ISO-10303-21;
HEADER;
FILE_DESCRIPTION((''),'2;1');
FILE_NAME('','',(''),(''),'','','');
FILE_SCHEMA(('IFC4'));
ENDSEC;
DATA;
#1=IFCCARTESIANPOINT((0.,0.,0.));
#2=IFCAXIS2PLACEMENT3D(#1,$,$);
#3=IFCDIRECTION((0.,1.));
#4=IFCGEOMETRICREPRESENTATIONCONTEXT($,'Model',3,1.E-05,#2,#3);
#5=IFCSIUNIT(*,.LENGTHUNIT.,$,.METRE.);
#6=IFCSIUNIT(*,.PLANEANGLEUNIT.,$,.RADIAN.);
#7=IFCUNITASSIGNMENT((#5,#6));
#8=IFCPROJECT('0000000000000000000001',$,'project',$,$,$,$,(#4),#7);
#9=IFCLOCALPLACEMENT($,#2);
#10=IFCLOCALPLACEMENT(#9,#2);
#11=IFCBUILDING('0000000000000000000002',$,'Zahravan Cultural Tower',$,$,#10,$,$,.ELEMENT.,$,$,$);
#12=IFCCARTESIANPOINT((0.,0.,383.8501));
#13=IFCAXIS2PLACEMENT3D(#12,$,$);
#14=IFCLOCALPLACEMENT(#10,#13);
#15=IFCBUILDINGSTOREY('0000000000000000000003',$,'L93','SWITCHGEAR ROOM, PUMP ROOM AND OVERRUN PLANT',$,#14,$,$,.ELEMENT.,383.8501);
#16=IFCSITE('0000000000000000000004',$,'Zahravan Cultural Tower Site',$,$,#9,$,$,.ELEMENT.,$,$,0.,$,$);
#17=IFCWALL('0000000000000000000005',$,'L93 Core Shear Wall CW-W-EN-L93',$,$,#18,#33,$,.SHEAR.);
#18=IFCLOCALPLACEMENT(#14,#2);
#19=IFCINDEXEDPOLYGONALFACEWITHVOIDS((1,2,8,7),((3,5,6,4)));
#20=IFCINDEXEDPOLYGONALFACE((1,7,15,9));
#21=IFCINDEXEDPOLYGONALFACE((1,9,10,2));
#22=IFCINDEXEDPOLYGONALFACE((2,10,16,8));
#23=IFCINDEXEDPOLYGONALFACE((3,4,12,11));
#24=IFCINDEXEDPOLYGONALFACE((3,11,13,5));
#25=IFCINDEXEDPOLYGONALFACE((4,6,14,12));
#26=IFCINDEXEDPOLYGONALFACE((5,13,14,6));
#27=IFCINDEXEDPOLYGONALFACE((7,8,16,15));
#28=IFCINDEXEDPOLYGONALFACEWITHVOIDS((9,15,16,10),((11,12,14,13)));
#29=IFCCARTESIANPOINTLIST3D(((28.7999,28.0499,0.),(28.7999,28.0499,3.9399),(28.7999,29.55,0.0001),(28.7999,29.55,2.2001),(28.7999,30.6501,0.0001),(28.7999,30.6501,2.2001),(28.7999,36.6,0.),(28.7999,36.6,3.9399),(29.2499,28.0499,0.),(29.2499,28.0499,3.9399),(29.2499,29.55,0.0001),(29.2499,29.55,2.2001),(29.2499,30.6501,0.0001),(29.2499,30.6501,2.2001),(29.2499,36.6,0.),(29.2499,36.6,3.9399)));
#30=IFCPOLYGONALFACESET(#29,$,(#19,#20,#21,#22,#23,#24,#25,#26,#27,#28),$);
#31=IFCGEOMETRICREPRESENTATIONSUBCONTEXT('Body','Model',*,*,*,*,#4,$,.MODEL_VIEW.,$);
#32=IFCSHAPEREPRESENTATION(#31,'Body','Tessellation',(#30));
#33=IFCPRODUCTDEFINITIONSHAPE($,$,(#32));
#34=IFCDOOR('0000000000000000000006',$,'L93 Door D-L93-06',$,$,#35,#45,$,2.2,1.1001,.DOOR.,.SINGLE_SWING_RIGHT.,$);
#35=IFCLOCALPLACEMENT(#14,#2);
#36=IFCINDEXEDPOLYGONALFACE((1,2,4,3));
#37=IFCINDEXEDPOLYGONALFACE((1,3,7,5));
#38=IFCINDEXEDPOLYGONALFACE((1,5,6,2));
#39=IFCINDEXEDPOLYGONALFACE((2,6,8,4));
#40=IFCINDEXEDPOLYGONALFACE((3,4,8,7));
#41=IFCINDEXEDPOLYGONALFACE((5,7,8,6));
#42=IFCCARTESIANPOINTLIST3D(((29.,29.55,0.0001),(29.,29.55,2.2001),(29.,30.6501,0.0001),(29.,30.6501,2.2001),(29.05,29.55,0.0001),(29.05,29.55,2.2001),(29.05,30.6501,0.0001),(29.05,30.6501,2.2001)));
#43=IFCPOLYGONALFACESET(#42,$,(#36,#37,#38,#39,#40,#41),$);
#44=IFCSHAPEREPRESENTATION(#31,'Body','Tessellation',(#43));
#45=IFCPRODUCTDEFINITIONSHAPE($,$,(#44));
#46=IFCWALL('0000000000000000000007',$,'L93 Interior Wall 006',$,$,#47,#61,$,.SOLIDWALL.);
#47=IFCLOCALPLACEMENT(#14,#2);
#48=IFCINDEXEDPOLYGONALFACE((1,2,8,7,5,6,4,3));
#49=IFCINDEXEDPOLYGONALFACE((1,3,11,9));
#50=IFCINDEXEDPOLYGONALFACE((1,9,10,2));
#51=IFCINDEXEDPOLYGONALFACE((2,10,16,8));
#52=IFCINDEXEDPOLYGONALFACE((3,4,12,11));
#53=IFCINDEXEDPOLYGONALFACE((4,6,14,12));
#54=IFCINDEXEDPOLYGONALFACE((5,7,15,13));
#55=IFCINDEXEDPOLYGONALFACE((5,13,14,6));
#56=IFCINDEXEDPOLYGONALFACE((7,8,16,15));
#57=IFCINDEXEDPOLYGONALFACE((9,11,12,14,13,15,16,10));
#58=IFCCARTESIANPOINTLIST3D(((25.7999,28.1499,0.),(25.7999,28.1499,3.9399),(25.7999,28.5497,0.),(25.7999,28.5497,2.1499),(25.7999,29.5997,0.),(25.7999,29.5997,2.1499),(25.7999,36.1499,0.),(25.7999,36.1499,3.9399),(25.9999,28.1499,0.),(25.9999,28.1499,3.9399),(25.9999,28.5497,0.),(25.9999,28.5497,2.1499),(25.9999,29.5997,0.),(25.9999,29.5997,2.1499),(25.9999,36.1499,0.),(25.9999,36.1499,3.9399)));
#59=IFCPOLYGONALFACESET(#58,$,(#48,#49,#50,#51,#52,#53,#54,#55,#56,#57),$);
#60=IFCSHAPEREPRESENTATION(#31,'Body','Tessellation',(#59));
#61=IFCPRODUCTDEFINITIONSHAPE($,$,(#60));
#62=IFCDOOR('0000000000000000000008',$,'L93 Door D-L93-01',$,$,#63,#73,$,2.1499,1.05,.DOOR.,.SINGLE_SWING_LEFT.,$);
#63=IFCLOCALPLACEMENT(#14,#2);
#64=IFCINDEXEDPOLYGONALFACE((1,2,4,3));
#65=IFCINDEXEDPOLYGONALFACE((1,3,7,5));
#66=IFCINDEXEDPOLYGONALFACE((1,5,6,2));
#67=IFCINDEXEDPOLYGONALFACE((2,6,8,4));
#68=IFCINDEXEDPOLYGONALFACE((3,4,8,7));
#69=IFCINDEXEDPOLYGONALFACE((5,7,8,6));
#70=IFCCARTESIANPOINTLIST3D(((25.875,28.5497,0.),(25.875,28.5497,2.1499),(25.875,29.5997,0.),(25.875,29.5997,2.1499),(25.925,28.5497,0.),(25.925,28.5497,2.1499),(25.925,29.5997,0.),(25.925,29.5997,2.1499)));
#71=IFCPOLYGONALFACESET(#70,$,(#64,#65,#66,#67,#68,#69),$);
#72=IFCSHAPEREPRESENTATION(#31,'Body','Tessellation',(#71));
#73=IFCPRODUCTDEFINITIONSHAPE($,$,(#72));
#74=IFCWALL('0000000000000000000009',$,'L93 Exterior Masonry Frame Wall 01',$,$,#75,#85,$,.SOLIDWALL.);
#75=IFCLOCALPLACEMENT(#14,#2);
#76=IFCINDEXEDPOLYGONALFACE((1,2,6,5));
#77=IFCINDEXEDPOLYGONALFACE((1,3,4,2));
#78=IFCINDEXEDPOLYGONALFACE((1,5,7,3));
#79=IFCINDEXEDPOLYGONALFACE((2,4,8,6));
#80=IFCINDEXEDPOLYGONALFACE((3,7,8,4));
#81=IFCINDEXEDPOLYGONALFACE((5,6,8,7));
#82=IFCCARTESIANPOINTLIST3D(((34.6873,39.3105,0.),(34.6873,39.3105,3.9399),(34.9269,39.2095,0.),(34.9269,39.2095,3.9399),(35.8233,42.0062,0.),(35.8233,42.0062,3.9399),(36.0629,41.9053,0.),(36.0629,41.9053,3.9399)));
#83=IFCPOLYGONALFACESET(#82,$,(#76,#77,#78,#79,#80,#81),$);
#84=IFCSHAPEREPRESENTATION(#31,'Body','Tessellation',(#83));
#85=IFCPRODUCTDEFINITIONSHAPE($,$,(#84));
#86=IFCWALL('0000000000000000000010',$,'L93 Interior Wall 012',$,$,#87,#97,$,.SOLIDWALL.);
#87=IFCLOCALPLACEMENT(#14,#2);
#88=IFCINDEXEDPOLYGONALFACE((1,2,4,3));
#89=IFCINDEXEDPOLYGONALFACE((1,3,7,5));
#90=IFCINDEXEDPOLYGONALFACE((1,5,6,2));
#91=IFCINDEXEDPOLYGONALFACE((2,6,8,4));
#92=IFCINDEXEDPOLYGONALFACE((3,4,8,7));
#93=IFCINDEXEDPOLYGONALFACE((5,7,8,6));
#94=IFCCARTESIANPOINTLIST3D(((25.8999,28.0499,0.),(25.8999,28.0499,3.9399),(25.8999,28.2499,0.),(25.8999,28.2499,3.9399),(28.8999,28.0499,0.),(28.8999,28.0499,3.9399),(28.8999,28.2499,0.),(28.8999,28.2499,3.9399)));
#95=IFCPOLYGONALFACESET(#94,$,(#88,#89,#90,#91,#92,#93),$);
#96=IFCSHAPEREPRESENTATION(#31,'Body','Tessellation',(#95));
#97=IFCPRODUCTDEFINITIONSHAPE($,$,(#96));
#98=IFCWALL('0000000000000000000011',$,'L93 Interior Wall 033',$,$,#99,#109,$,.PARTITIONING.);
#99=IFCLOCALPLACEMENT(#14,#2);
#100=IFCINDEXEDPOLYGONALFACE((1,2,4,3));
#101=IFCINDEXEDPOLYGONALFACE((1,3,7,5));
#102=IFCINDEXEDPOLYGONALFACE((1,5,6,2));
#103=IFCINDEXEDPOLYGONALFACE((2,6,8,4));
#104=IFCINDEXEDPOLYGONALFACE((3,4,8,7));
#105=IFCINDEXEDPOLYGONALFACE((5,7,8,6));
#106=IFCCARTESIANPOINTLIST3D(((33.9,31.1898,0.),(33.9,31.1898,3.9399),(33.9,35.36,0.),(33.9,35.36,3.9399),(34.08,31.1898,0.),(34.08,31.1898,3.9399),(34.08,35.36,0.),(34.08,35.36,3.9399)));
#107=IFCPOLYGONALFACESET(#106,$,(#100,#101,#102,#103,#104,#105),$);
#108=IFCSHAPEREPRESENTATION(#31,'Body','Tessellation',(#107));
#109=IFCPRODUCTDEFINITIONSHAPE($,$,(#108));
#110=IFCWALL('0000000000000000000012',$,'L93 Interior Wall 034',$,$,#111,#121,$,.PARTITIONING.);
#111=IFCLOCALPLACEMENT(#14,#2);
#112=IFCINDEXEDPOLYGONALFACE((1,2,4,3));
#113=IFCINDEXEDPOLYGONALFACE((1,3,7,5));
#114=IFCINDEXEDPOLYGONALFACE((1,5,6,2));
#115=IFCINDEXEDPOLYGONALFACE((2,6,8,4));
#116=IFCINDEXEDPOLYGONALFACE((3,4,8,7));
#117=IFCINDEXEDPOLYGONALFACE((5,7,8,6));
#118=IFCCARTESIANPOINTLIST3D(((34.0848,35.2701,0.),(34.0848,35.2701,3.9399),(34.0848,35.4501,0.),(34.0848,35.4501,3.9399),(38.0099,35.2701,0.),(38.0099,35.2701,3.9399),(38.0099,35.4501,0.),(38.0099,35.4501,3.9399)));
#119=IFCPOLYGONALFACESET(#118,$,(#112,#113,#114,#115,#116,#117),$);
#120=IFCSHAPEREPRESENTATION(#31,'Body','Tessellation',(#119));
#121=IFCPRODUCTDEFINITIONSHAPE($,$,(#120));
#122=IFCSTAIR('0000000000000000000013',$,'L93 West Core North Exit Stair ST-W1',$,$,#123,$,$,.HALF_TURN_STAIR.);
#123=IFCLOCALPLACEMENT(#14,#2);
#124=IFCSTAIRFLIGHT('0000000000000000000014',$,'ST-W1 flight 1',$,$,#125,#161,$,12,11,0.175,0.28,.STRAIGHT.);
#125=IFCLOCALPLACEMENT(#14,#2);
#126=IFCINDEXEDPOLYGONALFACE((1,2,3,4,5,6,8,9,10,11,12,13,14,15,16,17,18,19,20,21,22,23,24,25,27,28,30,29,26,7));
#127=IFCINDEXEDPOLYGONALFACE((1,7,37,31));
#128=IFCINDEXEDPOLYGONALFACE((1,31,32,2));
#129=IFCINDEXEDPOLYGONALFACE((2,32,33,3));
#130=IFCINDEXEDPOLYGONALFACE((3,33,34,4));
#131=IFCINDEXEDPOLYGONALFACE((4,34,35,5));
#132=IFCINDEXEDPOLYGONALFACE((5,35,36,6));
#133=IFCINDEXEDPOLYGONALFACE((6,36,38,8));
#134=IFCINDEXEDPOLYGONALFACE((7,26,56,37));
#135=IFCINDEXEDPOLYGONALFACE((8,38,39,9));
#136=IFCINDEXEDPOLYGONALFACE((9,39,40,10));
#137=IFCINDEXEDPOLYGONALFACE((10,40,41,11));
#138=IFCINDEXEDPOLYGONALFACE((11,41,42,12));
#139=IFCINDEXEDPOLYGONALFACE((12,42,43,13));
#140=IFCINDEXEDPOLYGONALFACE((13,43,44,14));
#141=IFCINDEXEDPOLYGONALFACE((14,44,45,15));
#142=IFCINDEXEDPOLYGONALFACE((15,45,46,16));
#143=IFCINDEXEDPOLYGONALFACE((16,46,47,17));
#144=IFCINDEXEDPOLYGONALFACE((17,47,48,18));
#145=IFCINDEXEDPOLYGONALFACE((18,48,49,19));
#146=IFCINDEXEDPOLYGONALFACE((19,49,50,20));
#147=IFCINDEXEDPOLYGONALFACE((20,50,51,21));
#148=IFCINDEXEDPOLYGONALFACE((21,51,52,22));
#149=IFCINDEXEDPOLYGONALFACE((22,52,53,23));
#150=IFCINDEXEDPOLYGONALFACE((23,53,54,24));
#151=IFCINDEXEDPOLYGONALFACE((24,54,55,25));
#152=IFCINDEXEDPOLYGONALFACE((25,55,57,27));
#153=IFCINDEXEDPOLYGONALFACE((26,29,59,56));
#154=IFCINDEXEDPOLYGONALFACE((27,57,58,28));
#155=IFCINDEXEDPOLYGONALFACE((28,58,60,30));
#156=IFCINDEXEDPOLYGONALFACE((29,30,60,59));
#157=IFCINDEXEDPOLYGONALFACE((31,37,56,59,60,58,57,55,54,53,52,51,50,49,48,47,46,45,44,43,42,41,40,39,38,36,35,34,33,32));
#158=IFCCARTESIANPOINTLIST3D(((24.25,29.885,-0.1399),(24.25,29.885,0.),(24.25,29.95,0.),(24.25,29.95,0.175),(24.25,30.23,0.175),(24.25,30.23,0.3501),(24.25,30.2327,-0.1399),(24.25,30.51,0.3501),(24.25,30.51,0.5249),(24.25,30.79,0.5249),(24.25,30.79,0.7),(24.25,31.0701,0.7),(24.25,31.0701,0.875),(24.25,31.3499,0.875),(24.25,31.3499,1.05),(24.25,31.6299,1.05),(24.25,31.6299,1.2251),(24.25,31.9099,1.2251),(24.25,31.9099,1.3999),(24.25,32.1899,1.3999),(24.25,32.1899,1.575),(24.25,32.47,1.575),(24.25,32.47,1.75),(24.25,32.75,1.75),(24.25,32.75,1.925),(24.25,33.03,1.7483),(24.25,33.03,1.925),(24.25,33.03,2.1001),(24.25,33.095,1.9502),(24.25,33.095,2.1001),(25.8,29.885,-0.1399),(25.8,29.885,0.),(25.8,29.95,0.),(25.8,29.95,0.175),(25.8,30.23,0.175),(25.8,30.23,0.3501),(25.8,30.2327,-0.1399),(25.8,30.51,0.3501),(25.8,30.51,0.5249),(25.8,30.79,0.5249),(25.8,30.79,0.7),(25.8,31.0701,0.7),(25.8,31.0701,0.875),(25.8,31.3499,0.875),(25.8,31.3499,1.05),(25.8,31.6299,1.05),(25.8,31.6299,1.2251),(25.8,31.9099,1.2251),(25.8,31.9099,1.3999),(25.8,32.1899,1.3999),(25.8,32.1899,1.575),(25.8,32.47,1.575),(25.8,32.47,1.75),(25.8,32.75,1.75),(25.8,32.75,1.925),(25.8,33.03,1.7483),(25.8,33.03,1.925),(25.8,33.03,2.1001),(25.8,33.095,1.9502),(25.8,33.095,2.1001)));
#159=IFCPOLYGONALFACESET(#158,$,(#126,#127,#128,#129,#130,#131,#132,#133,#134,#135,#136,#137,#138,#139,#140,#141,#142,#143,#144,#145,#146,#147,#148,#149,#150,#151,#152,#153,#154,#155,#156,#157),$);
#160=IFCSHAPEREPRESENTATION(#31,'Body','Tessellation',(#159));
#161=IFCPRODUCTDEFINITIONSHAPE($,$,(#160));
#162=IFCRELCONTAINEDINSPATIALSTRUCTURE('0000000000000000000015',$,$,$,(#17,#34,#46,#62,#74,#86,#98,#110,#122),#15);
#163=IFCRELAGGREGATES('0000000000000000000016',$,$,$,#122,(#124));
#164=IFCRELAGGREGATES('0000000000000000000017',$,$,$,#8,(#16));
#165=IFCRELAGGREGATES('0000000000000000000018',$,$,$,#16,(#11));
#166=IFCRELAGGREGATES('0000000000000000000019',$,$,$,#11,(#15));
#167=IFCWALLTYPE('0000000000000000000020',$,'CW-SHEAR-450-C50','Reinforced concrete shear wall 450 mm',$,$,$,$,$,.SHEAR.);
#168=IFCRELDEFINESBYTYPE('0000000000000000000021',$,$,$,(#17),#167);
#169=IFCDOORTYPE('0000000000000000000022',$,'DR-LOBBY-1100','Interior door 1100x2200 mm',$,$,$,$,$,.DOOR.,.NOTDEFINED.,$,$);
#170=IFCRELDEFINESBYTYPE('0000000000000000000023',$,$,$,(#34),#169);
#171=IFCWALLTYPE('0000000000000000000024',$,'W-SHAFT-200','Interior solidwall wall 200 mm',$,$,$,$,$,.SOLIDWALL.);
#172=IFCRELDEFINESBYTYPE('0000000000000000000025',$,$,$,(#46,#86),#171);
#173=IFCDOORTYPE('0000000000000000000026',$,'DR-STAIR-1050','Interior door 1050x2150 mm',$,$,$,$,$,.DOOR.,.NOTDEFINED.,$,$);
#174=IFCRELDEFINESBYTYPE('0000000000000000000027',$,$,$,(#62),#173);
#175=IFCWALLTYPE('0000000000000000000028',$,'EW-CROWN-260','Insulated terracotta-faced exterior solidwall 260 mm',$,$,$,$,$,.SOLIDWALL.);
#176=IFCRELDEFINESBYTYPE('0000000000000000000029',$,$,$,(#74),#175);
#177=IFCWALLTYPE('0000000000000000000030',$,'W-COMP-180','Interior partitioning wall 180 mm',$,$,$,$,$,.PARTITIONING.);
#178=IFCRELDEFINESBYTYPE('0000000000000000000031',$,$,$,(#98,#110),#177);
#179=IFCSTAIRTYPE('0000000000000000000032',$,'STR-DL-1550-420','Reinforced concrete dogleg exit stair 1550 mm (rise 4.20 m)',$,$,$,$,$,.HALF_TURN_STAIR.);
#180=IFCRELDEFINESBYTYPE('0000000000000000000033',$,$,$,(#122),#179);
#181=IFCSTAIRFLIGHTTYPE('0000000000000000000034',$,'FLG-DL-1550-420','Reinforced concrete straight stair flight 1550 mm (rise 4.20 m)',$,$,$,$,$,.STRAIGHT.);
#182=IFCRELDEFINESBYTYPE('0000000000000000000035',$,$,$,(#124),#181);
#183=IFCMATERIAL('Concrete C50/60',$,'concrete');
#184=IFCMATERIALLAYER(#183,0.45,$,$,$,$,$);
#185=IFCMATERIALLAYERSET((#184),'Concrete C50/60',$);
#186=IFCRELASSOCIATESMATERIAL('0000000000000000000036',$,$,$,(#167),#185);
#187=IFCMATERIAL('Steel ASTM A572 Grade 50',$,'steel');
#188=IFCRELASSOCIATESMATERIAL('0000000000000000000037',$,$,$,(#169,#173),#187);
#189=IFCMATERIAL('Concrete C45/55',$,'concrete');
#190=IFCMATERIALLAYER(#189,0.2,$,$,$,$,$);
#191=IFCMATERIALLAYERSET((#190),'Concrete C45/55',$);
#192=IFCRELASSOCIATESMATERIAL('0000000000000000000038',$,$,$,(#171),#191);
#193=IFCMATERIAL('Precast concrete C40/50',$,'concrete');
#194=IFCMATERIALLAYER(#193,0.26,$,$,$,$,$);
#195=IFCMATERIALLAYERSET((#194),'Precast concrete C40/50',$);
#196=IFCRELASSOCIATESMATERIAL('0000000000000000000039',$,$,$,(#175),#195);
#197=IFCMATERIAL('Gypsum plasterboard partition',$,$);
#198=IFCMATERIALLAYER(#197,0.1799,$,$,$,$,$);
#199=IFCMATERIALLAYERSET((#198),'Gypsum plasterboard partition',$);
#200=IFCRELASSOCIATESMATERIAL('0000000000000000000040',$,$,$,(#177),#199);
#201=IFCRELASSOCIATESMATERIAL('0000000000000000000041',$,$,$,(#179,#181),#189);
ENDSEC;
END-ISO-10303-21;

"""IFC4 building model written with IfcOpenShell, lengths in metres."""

from ifc_helpers import new_model, si_unit, direction, frame, frame_2d, origin, place, context, subcontext, project, spatial, polyline, rectangle, outline, extrude, source, transform, mapped, material, layer, layer_set, type_object, element, fill, aggregate, save


model = new_model("IFC4")

# Units and contexts
model_context = context("Model", 3, precision=1e-05, world=origin(), true_north=direction((0.0, 1.0)))
body_context = subcontext(model_context, "Body", "Model", "MODEL_VIEW")
ifc_project = project(units=[si_unit("LENGTHUNIT", "METRE"), si_unit("PLANEANGLEUNIT", "RADIAN")], contexts=[model_context])

# Site, building, storey
site_placement = place(None, origin())
site = spatial("IfcSite", under=ifc_project, at=site_placement, Name="Zahravan Cultural Tower Site", CompositionType="ELEMENT", RefElevation=0.0)
building_placement = place(site_placement, origin())
building = spatial("IfcBuilding", under=site, at=building_placement, Name="Zahravan Cultural Tower", CompositionType="ELEMENT")
storey_placement = place(building_placement, frame((0.0, 0.0, 383.8501)))
storey = spatial("IfcBuildingStorey", under=building, at=storey_placement, Name="L93", Description="SWITCHGEAR ROOM, PUMP ROOM AND OVERRUN PLANT", CompositionType="ELEMENT", Elevation=383.8501)

# Shared definitions
ifc_material_1 = material(Name="Concrete C45/55", Category="concrete")

# Shared definitions
ifc_material_2 = material(Name="Concrete C50/60", Category="concrete")

# Walls, openings, doors
ifc_layer_1 = layer(ifc_material_2, 0.45)
ifc_layer_set_1 = layer_set([ifc_layer_1], Name="Concrete C50/60")
wall_type_1 = type_object("IfcWallType", Name="CW-SHEAR-450-C50", Description="Reinforced concrete shear wall 450 mm", PredefinedType="SHEAR", material=ifc_layer_set_1)
wall_1_placement = place(storey_placement, frame((29.0249, 28.05, 0.0), z_axis=(0.0, 0.0, 1.0), x_axis=(0.0, 1.0, 0.0)))
wall_1 = element("IfcWall", 1, at=wall_1_placement, inside=storey, type_object=wall_type_1, Name="L93 Core Shear Wall CW-W-EN-L93", PredefinedType="SHEAR", context=body_context, shape_type="SweptSolid", body=[
    extrude(rectangle(XDim=8.55, YDim=0.45, at=frame_2d((4.2749, 0.0))), origin(), (0.0, 0.0, 1.0), 3.9399),
])
opening_1_placement = place(wall_1_placement, frame((1.5, 0.0, 0.0)))
opening_1 = element("IfcOpeningElement", 2, at=opening_1_placement, cuts=wall_1, PredefinedType="OPENING", context=body_context, shape_type="SweptSolid", body=[
    extrude(rectangle(XDim=1.1001, YDim=2.2, at=frame_2d((0.55, 1.1001))), frame((0.0, 0.2349, 0.0), z_axis=(0.0, -1.0, 0.0), x_axis=(1.0, 0.0, 0.0)), (0.0, 0.0, 1.0), 0.47),
])
ifc_material_3 = material(Name="Steel ASTM A572 Grade 50", Category="steel")
door_type_1 = type_object("IfcDoorType", Name="DR-LOBBY-1100", Description="Interior door 1100x2200 mm", OperationType="NOTDEFINED", PredefinedType="DOOR", material=ifc_material_3)
shared_shape_1 = source(origin(), body_context, "Body", "SweptSolid", [
    extrude(rectangle(XDim=1.1001, YDim=2.2, at=frame_2d((0.55, 1.1001))), frame((0.0, 0.0249, 0.0), z_axis=(0.0, -1.0, 0.0), x_axis=(1.0, 0.0, 0.0)), (0.0, 0.0, 1.0), 0.05),
])
door_1_placement = place(opening_1_placement, origin())
door_1 = element("IfcDoor", 3, at=door_1_placement, inside=storey, type_object=door_type_1, Name="L93 Door D-L93-06", OperationType="SINGLE_SWING_RIGHT", OverallHeight=2.2, OverallWidth=1.1001, PredefinedType="DOOR", context=body_context, shape_type="MappedRepresentation", body=[
    mapped(shared_shape_1, transform((0.0, 0.0, 0.0), x_axis=(1.0, 0.0, 0.0), y_axis=(0.0, 1.0, 0.0), z_axis=(0.0, 0.0, 1.0), scale=1.0)),
])
fill(opening_1, door_1)
ifc_layer_2 = layer(ifc_material_1, 0.2)
ifc_layer_set_2 = layer_set([ifc_layer_2], Name="Concrete C45/55")
wall_type_2 = type_object("IfcWallType", Name="W-SHAFT-200", Description="Interior solidwall wall 200 mm", PredefinedType="SOLIDWALL", material=ifc_layer_set_2)
wall_2_placement = place(storey_placement, frame((25.8999, 28.1499, 0.0), z_axis=(0.0, 0.0, 1.0), x_axis=(0.0, 1.0, 0.0)))
wall_2 = element("IfcWall", 4, at=wall_2_placement, inside=storey, type_object=wall_type_2, Name="L93 Interior Wall 006", PredefinedType="SOLIDWALL", context=body_context, shape_type="SweptSolid", body=[
    extrude(rectangle(XDim=8.0, YDim=0.2, at=frame_2d((4.0, 0.0))), origin(), (0.0, 0.0, 1.0), 3.9399),
])
opening_2_placement = place(wall_2_placement, frame((0.3999, 0.0, 0.0)))
opening_2 = element("IfcOpeningElement", 5, at=opening_2_placement, cuts=wall_2, PredefinedType="OPENING", context=body_context, shape_type="SweptSolid", body=[
    extrude(rectangle(XDim=1.05, YDim=2.1499, at=frame_2d((0.5249, 1.075))), frame((0.0, 0.1099, 0.0), z_axis=(0.0, -1.0, 0.0), x_axis=(1.0, 0.0, 0.0)), (0.0, 0.0, 1.0), 0.22),
])
door_type_2 = type_object("IfcDoorType", Name="DR-STAIR-1050", Description="Interior door 1050x2150 mm", OperationType="NOTDEFINED", PredefinedType="DOOR", material=ifc_material_3)
shared_shape_2 = source(origin(), body_context, "Body", "SweptSolid", [
    extrude(rectangle(XDim=1.05, YDim=2.1499, at=frame_2d((0.5249, 1.075))), frame((0.0, 0.0249, 0.0), z_axis=(0.0, -1.0, 0.0), x_axis=(1.0, 0.0, 0.0)), (0.0, 0.0, 1.0), 0.05),
])
door_2_placement = place(opening_2_placement, origin())
door_2 = element("IfcDoor", 6, at=door_2_placement, inside=storey, type_object=door_type_2, Name="L93 Door D-L93-01", OperationType="SINGLE_SWING_LEFT", OverallHeight=2.1499, OverallWidth=1.05, PredefinedType="DOOR", context=body_context, shape_type="MappedRepresentation", body=[
    mapped(shared_shape_2, transform((0.0, 0.0, 0.0), x_axis=(1.0, 0.0, 0.0), y_axis=(0.0, 1.0, 0.0), z_axis=(0.0, 0.0, 1.0), scale=1.0)),
])
fill(opening_2, door_2)

# Walls
ifc_material_4 = material(Name="Precast concrete C40/50", Category="concrete")
ifc_layer_3 = layer(ifc_material_4, 0.26)
ifc_layer_set_3 = layer_set([ifc_layer_3], Name="Precast concrete C40/50")
wall_type_3 = type_object("IfcWallType", Name="EW-CROWN-260", Description="Insulated terracotta-faced exterior solidwall 260 mm", PredefinedType="SOLIDWALL", material=ifc_layer_set_3)
shared_shape_3 = source(origin(), body_context, "Body", "SweptSolid", [
    extrude(rectangle(XDim=2.9253, YDim=0.26, at=frame_2d((1.4626, 0.0))), origin(), (0.0, 0.0, 1.0), 3.9399),
])
wall_3_placement = place(storey_placement, frame((34.8071, 39.26, 0.0), z_axis=(0.0, 0.0, 1.0), x_axis=(0.388322, 0.921524, 0.0)))
element("IfcWall", 7, at=wall_3_placement, inside=storey, type_object=wall_type_3, Name="L93 Exterior Masonry Frame Wall 01", PredefinedType="SOLIDWALL", context=body_context, shape_type="MappedRepresentation", body=[
    mapped(shared_shape_3, transform((0.0, 0.0, 0.0), x_axis=(1.0, 0.0, 0.0), y_axis=(0.0, 1.0, 0.0), z_axis=(0.0, 0.0, 1.0), scale=1.0)),
])
shared_shape_4 = source(origin(), body_context, "Body", "SweptSolid", [
    extrude(rectangle(XDim=3.0, YDim=0.2, at=frame_2d((1.5, 0.0))), origin(), (0.0, 0.0, 1.0), 3.9399),
])
wall_4_placement = place(storey_placement, frame((25.8999, 28.1499, 0.0), z_axis=(0.0, 0.0, 1.0), x_axis=(1.0, 0.0, 0.0)))
element("IfcWall", 8, at=wall_4_placement, inside=storey, type_object=wall_type_2, Name="L93 Interior Wall 012", PredefinedType="SOLIDWALL", context=body_context, shape_type="MappedRepresentation", body=[
    mapped(shared_shape_4, transform((0.0, 0.0, 0.0), x_axis=(1.0, 0.0, 0.0), y_axis=(0.0, 1.0, 0.0), z_axis=(0.0, 0.0, 1.0), scale=1.0)),
])
ifc_material_5 = material(Name="Gypsum plasterboard partition")
ifc_layer_4 = layer(ifc_material_5, 0.1799)
ifc_layer_set_4 = layer_set([ifc_layer_4], Name="Gypsum plasterboard partition")
wall_type_4 = type_object("IfcWallType", Name="W-COMP-180", Description="Interior partitioning wall 180 mm", PredefinedType="PARTITIONING", material=ifc_layer_set_4)
shared_shape_5 = source(origin(), body_context, "Body", "SweptSolid", [
    extrude(rectangle(XDim=4.1702, YDim=0.1799, at=frame_2d((2.085, 0.0))), origin(), (0.0, 0.0, 1.0), 3.9399),
])
wall_5_placement = place(storey_placement, frame((33.99, 31.1899, 0.0), z_axis=(0.0, 0.0, 1.0), x_axis=(0.0, 1.0, 0.0)))
element("IfcWall", 9, at=wall_5_placement, inside=storey, type_object=wall_type_4, Name="L93 Interior Wall 033", PredefinedType="PARTITIONING", context=body_context, shape_type="MappedRepresentation", body=[
    mapped(shared_shape_5, transform((0.0, 0.0, 0.0), x_axis=(1.0, 0.0, 0.0), y_axis=(0.0, 1.0, 0.0), z_axis=(0.0, 0.0, 1.0), scale=1.0)),
])
shared_shape_6 = source(origin(), body_context, "Body", "SweptSolid", [
    extrude(rectangle(XDim=3.925, YDim=0.1799, at=frame_2d((1.9624, 0.0))), origin(), (0.0, 0.0, 1.0), 3.9399),
])
wall_6_placement = place(storey_placement, frame((34.085, 35.3601, 0.0), z_axis=(0.0, 0.0, 1.0), x_axis=(1.0, 0.0, 0.0)))
element("IfcWall", 10, at=wall_6_placement, inside=storey, type_object=wall_type_4, Name="L93 Interior Wall 034", PredefinedType="PARTITIONING", context=body_context, shape_type="MappedRepresentation", body=[
    mapped(shared_shape_6, transform((0.0, 0.0, 0.0), x_axis=(1.0, 0.0, 0.0), y_axis=(0.0, 1.0, 0.0), z_axis=(0.0, 0.0, 1.0), scale=1.0)),
])

# Stair, stair flight
stair_type = type_object("IfcStairType", Name="STR-DL-1550-420", Description="Reinforced concrete dogleg exit stair 1550 mm (rise 4.20 m)", PredefinedType="HALF_TURN_STAIR", material=ifc_material_1)
stair_placement = place(storey_placement, origin())
stair = element("IfcStair", 11, at=stair_placement, inside=storey, type_object=stair_type, Name="L93 West Core North Exit Stair ST-W1", PredefinedType="HALF_TURN_STAIR")
stair_flight_type = type_object("IfcStairFlightType", Name="FLG-DL-1550-420", Description="Reinforced concrete straight stair flight 1550 mm (rise 4.20 m)", PredefinedType="STRAIGHT", material=ifc_material_1)
stair_flight_placement = place(storey_placement, frame((25.0249, 29.95, 0.0), z_axis=(0.0, 0.0, 1.0), x_axis=(0.0, 1.0, 0.0)))
stair_flight = element("IfcStairFlight", 12, at=stair_flight_placement, type_object=stair_flight_type, Name="ST-W1 flight 1", NumberOfRisers=12, NumberOfTreads=11, PredefinedType="STRAIGHT", RiserHeight=0.175, TreadLength=0.28, context=body_context, shape_type="SweptSolid", body=[
    extrude(outline(polyline([(-0.0649, -0.1399), (-0.0649, 0.0), (0.0, 0.0), (0.0, 0.175), (0.28, 0.175), (0.28, 0.3501), (0.5601, 0.3501), (0.5601, 0.5249), (0.8401, 0.5249), (0.8401, 0.7), (1.1201, 0.7), (1.1201, 0.875), (1.3999, 0.875), (1.3999, 1.05), (1.6799, 1.05), (1.6799, 1.2251), (1.96, 1.2251), (1.96, 1.3999), (2.24, 1.3999), (2.24, 1.575), (2.52, 1.575), (2.52, 1.75), (2.8, 1.75), (2.8, 1.925), (3.0801, 1.925), (3.0801, 2.1001), (3.145, 2.1001), (3.145, 1.9502), (3.0801, 1.7483), (0.2827, -0.1399), (-0.0649, -0.1399)])), frame((0.0, 0.7749, 0.0), z_axis=(0.0, -1.0, 0.0), x_axis=(1.0, 0.0, 0.0)), (0.0, 0.0, 1.0), 1.55),
])
aggregate(stair, [stair_flight])

save(model, "model.ifc")
